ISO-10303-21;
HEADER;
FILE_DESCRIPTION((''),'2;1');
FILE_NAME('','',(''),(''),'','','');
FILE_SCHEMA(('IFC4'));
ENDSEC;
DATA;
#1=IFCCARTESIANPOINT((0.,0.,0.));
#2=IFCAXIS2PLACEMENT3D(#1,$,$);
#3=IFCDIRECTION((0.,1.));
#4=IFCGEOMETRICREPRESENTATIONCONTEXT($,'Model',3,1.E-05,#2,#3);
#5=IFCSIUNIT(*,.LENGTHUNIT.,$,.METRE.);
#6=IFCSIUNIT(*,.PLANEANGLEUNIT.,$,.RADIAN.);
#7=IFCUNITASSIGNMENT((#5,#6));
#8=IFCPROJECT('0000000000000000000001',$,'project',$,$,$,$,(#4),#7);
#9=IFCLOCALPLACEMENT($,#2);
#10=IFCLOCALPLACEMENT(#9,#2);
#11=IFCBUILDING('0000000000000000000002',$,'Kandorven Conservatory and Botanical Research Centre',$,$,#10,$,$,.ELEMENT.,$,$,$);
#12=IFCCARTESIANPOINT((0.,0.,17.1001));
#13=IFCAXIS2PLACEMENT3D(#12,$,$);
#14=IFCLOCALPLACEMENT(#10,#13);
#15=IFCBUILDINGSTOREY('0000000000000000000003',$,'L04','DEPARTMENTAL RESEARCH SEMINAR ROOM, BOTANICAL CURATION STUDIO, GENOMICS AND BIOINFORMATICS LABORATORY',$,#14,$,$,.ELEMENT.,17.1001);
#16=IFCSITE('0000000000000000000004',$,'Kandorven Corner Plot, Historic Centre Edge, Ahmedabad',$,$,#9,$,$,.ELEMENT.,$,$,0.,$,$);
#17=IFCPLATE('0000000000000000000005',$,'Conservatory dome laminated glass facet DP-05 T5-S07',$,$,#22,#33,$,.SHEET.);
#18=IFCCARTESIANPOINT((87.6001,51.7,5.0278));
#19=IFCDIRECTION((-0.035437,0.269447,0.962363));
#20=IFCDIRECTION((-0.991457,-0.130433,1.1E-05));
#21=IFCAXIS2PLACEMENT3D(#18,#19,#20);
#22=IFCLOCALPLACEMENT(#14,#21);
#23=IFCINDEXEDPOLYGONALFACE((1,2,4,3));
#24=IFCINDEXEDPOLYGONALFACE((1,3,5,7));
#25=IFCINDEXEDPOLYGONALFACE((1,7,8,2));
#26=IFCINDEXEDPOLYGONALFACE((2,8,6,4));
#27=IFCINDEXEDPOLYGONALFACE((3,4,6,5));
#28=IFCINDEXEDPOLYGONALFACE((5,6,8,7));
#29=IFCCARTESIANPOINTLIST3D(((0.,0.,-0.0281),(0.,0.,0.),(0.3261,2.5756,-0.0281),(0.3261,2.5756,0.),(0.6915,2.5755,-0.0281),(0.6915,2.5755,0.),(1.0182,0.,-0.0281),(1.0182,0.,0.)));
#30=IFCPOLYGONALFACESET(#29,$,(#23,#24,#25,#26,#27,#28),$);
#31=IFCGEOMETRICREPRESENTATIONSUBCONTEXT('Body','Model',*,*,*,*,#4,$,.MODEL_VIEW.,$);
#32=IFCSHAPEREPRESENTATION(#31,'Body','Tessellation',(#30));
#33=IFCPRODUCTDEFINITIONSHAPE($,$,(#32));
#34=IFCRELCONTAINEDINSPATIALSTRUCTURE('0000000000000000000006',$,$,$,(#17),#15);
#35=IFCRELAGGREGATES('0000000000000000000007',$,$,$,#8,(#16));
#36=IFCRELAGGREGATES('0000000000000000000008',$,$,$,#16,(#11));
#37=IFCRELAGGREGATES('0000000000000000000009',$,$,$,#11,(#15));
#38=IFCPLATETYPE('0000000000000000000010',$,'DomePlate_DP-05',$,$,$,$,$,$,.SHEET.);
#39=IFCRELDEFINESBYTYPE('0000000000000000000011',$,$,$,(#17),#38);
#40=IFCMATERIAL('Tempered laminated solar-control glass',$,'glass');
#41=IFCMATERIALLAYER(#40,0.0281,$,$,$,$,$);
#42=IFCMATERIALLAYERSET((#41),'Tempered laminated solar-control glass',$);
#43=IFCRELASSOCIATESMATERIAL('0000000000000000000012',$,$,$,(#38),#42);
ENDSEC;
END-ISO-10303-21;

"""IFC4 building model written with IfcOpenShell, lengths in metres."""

from ifc_helpers import new_model, si_unit, direction, frame, origin, place, context, subcontext, project, spatial, polyline, outline, extrude, material, layer, layer_set, type_object, element, save


model = new_model("IFC4")

# Units and contexts
model_context = context("Model", 3, precision=1e-05, world=origin(), true_north=direction((0.0, 1.0)))
body_context = subcontext(model_context, "Body", "Model", "MODEL_VIEW")
ifc_project = project(units=[si_unit("LENGTHUNIT", "METRE"), si_unit("PLANEANGLEUNIT", "RADIAN")], contexts=[model_context])

# Site, building, storey
site_placement = place(None, origin())
site = spatial("IfcSite", under=ifc_project, at=site_placement, Name="Kandorven Corner Plot, Historic Centre Edge, Ahmedabad", CompositionType="ELEMENT", RefElevation=0.0)
building_placement = place(site_placement, origin())
building = spatial("IfcBuilding", under=site, at=building_placement, Name="Kandorven Conservatory and Botanical Research Centre", CompositionType="ELEMENT")
storey_placement = place(building_placement, frame((0.0, 0.0, 17.1001)))
storey = spatial("IfcBuildingStorey", under=building, at=storey_placement, Name="L04", Description="DEPARTMENTAL RESEARCH SEMINAR ROOM, BOTANICAL CURATION STUDIO, GENOMICS AND BIOINFORMATICS LABORATORY", CompositionType="ELEMENT", Elevation=17.1001)

# Plate
ifc_material_1 = material(Name="Tempered laminated solar-control glass", Category="glass")
ifc_layer_1 = layer(ifc_material_1, 0.0281)
ifc_layer_set_1 = layer_set([ifc_layer_1], Name="Tempered laminated solar-control glass")
plate_type_1 = type_object("IfcPlateType", Name="DomePlate_DP-05", PredefinedType="SHEET", material=ifc_layer_set_1)
plate_1_placement = place(storey_placement, frame((87.6001, 51.7, 5.0278), z_axis=(-0.035437, 0.269447, 0.962363), x_axis=(-0.991457, -0.130433, 0.000011)))
element("IfcPlate", 1, at=plate_1_placement, inside=storey, type_object=plate_type_1, Name="Conservatory dome laminated glass facet DP-05 T5-S07", PredefinedType="SHEET", context=body_context, shape_type="SweptSolid", body=[
    extrude(outline(polyline([(0.0, 0.0), (1.0182, 0.0), (0.6915, 2.5755), (0.3261, 2.5756), (0.0, 0.0)])), origin(), (0.0, 0.0, -1.0), 0.0281),
])

save(model, "model.ifc")
